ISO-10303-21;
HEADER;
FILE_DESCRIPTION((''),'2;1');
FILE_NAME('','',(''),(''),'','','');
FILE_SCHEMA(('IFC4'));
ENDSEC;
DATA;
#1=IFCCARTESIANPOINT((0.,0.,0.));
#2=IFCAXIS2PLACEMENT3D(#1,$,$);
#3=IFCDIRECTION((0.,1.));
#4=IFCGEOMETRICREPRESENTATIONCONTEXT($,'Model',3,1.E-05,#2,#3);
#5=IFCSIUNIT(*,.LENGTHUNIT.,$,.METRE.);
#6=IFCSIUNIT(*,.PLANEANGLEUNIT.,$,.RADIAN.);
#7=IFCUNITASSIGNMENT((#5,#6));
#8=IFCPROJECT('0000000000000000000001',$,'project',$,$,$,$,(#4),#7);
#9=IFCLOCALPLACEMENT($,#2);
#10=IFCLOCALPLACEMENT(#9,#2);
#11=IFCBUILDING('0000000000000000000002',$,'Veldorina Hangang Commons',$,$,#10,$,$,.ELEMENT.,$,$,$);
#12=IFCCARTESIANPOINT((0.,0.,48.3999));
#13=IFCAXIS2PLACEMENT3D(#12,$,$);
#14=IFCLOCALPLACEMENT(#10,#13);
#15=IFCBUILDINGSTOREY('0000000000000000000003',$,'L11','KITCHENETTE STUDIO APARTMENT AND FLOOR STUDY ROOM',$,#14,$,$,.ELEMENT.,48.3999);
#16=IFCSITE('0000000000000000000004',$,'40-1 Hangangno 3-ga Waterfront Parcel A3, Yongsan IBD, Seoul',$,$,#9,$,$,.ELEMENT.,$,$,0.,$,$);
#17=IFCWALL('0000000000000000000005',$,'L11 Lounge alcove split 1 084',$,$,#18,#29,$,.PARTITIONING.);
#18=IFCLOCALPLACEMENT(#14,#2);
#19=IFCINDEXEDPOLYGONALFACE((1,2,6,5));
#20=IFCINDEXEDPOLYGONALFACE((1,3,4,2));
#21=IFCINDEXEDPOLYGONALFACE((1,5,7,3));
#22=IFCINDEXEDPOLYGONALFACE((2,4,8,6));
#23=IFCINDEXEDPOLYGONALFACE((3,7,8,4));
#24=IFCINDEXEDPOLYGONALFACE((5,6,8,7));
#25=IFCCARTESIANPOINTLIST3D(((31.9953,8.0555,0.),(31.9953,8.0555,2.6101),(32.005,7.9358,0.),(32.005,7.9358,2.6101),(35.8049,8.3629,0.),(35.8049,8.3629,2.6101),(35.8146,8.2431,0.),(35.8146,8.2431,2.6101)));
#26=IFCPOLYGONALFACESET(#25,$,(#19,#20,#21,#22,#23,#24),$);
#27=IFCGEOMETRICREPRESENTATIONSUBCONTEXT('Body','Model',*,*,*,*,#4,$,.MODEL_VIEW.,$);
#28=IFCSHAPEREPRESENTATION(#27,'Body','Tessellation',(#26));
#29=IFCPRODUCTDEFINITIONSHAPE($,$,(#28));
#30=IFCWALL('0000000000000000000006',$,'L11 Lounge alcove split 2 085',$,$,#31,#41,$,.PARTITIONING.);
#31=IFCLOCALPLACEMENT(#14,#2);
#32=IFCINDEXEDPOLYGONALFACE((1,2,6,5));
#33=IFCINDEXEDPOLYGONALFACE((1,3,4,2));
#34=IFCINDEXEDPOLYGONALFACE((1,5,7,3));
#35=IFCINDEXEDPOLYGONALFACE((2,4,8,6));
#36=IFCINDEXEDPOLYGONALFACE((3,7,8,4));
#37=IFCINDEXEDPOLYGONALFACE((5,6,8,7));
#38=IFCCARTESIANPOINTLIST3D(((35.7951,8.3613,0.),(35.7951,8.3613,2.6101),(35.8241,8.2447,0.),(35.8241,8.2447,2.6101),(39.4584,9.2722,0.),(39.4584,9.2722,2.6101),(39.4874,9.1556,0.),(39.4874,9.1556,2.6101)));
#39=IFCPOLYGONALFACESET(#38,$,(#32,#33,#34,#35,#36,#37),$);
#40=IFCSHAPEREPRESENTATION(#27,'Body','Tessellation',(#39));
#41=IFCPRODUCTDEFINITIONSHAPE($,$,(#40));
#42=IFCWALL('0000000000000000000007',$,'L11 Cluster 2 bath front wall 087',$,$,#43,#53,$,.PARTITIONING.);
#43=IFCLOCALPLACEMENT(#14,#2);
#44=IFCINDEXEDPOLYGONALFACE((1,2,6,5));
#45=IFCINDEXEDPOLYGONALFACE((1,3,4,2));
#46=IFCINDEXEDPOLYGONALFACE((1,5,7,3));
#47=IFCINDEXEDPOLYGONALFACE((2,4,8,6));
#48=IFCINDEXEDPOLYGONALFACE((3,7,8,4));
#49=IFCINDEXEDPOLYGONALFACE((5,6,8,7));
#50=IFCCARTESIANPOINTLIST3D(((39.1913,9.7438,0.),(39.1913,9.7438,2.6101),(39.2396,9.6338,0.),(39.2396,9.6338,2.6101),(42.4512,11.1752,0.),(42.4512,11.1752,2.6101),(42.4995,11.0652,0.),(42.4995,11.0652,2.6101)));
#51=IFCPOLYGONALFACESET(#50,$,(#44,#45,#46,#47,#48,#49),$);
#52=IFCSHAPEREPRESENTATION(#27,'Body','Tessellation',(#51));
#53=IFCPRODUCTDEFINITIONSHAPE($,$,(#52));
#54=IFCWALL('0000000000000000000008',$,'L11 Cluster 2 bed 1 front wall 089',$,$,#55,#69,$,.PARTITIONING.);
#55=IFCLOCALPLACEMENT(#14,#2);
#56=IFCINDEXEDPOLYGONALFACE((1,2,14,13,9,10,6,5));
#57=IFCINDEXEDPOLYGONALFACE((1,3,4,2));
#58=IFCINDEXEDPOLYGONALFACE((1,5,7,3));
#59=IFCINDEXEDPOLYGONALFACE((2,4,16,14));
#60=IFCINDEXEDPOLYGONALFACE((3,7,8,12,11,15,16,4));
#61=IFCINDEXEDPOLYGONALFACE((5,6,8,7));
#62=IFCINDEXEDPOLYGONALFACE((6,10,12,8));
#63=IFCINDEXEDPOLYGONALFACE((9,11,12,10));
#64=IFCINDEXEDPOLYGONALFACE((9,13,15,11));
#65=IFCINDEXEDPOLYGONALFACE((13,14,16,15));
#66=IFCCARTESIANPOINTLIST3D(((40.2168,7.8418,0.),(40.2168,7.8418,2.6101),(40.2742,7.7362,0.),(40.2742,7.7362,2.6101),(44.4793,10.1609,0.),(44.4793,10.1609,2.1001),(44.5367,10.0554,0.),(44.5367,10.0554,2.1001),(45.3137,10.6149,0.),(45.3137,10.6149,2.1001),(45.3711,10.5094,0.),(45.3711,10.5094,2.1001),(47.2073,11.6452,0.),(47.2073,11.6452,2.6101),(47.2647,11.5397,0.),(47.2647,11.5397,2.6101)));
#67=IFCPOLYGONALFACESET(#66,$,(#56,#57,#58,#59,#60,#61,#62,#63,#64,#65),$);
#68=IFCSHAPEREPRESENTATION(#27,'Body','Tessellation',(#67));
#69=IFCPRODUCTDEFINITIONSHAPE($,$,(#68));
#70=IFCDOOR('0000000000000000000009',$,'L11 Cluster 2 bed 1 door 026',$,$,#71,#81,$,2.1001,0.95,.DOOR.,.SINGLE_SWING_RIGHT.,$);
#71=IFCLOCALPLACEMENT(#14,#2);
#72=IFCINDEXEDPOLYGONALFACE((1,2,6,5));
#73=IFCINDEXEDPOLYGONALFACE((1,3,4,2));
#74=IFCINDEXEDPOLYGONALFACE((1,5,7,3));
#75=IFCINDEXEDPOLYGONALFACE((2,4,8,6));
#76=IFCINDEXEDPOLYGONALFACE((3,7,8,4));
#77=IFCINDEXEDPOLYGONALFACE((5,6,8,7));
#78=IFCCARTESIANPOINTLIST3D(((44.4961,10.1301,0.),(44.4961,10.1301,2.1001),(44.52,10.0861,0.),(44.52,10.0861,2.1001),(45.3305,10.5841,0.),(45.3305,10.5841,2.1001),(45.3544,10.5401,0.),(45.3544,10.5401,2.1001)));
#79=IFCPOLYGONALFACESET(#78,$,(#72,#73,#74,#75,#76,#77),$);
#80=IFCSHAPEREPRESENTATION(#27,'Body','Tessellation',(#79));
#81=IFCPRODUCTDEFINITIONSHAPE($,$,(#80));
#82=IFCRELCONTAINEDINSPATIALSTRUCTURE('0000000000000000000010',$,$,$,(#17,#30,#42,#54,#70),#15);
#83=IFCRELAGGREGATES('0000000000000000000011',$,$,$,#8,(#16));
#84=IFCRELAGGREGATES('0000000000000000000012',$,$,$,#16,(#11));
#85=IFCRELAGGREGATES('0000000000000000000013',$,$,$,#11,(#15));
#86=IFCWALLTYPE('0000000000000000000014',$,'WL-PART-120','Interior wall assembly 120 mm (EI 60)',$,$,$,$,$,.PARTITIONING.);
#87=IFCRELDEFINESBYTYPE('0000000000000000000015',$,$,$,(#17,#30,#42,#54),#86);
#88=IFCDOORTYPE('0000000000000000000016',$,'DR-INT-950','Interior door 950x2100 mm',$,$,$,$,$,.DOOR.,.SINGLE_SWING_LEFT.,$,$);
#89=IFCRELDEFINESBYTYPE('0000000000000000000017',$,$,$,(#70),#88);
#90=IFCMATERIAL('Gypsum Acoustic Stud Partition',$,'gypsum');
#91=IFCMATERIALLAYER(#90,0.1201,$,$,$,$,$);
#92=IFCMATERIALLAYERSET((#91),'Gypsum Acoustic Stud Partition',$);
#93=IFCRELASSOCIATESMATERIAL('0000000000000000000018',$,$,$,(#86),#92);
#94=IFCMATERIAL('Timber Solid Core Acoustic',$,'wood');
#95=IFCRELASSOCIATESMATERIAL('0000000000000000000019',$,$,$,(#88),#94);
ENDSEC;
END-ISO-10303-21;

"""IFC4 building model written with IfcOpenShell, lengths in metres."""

from ifc_helpers import new_model, si_unit, direction, frame, frame_2d, origin, place, context, subcontext, project, spatial, rectangle, extrude, material, layer, layer_set, type_object, element, fill, save


model = new_model("IFC4")

# Units and contexts
model_context = context("Model", 3, precision=1e-05, world=origin(), true_north=direction((0.0, 1.0)))
body_context = subcontext(model_context, "Body", "Model", "MODEL_VIEW")
ifc_project = project(units=[si_unit("LENGTHUNIT", "METRE"), si_unit("PLANEANGLEUNIT", "RADIAN")], contexts=[model_context])

# Site, building, storey
site_placement = place(None, origin())
site = spatial("IfcSite", under=ifc_project, at=site_placement, Name="40-1 Hangangno 3-ga Waterfront Parcel A3, Yongsan IBD, Seoul", CompositionType="ELEMENT", RefElevation=0.0)
building_placement = place(site_placement, origin())
building = spatial("IfcBuilding", under=site, at=building_placement, Name="Veldorina Hangang Commons", CompositionType="ELEMENT")
storey_placement = place(building_placement, frame((0.0, 0.0, 48.3999)))
storey = spatial("IfcBuildingStorey", under=building, at=storey_placement, Name="L11", Description="KITCHENETTE STUDIO APARTMENT AND FLOOR STUDY ROOM", CompositionType="ELEMENT", Elevation=48.3999)

# Shared definitions
ifc_material_1 = material(Name="Timber Solid Core Acoustic", Category="wood")

# Walls
ifc_material_2 = material(Name="Gypsum Acoustic Stud Partition", Category="gypsum")
ifc_layer_1 = layer(ifc_material_2, 0.1201)
ifc_layer_set_1 = layer_set([ifc_layer_1], Name="Gypsum Acoustic Stud Partition")
wall_type_1 = type_object("IfcWallType", Name="WL-PART-120", Description="Interior wall assembly 120 mm (EI 60)", PredefinedType="PARTITIONING", material=ifc_layer_set_1)
wall_1_placement = place(storey_placement, frame((32.0, 7.9956, 0.0), z_axis=(0.0, 0.0, 1.0), x_axis=(0.996761, 0.080423, 0.0)))
element("IfcWall", 1, at=wall_1_placement, inside=storey, type_object=wall_type_1, Name="L11 Lounge alcove split 1 084", PredefinedType="PARTITIONING", context=body_context, shape_type="SweptSolid", body=[
    extrude(rectangle(XDim=3.822, YDim=0.1201, at=frame_2d((1.9111, 0.0))), origin(), (0.0, 0.0, 1.0), 2.6101),
])
wall_2_placement = place(storey_placement, frame((35.8096, 8.303, 0.0), z_axis=(0.0, 0.0, 1.0), x_axis=(0.97045, 0.241303, 0.0)))
element("IfcWall", 2, at=wall_2_placement, inside=storey, type_object=wall_type_1, Name="L11 Lounge alcove split 2 085", PredefinedType="PARTITIONING", context=body_context, shape_type="SweptSolid", body=[
    extrude(rectangle(XDim=3.7749, YDim=0.1201, at=frame_2d((1.8875, 0.0))), origin(), (0.0, 0.0, 1.0), 2.6101),
])
wall_3_placement = place(storey_placement, frame((39.2153, 9.6887, 0.0), z_axis=(0.0, 0.0, 1.0), x_axis=(0.915615, 0.402056, 0.0)))
element("IfcWall", 3, at=wall_3_placement, inside=storey, type_object=wall_type_1, Name="L11 Cluster 2 bath front wall 087", PredefinedType="PARTITIONING", context=body_context, shape_type="SweptSolid", body=[
    extrude(rectangle(XDim=3.5603, YDim=0.1201, at=frame_2d((1.7803, 0.0))), origin(), (0.0, 0.0, 1.0), 2.6101),
])

# Wall, opening, door
wall_4_placement = place(storey_placement, frame((40.2456, 7.7891, 0.0), z_axis=(0.0, 0.0, 1.0), x_axis=(0.878398, 0.47793, 0.0)))
wall_4 = element("IfcWall", 4, at=wall_4_placement, inside=storey, type_object=wall_type_1, Name="L11 Cluster 2 bed 1 front wall 089", PredefinedType="PARTITIONING", context=body_context, shape_type="SweptSolid", body=[
    extrude(rectangle(XDim=7.9583, YDim=0.1201, at=frame_2d((3.979, 0.0))), origin(), (0.0, 0.0, 1.0), 2.6101),
])
opening_1_placement = place(wall_4_placement, frame((4.8523, 0.0, 0.0)))
opening_1 = element("IfcOpeningElement", 5, at=opening_1_placement, cuts=wall_4, PredefinedType="OPENING", context=body_context, shape_type="SweptSolid", body=[
    extrude(rectangle(XDim=0.95, YDim=2.1001, at=frame_2d((0.4751, 1.05))), frame((0.0, 0.0701, 0.0), z_axis=(0.0, -1.0, 0.0), x_axis=(1.0, 0.0, 0.0)), (0.0, 0.0, 1.0), 0.1401),
])
door_type_1 = type_object("IfcDoorType", Name="DR-INT-950", Description="Interior door 950x2100 mm", OperationType="SINGLE_SWING_LEFT", PredefinedType="DOOR", material=ifc_material_1)
door_1_placement = place(opening_1_placement, origin())
door_1 = element("IfcDoor", 6, at=door_1_placement, inside=storey, type_object=door_type_1, Name="L11 Cluster 2 bed 1 door 026", OperationType="SINGLE_SWING_RIGHT", OverallHeight=2.1001, OverallWidth=0.95, PredefinedType="DOOR", context=body_context, shape_type="SweptSolid", body=[
    extrude(rectangle(XDim=0.95, YDim=2.1001, at=frame_2d((0.4751, 1.05))), frame((0.0, 0.0249, 0.0), z_axis=(0.0, -1.0, 0.0), x_axis=(1.0, 0.0, 0.0)), (0.0, 0.0, 1.0), 0.05),
])
fill(opening_1, door_1)

save(model, "model.ifc")
